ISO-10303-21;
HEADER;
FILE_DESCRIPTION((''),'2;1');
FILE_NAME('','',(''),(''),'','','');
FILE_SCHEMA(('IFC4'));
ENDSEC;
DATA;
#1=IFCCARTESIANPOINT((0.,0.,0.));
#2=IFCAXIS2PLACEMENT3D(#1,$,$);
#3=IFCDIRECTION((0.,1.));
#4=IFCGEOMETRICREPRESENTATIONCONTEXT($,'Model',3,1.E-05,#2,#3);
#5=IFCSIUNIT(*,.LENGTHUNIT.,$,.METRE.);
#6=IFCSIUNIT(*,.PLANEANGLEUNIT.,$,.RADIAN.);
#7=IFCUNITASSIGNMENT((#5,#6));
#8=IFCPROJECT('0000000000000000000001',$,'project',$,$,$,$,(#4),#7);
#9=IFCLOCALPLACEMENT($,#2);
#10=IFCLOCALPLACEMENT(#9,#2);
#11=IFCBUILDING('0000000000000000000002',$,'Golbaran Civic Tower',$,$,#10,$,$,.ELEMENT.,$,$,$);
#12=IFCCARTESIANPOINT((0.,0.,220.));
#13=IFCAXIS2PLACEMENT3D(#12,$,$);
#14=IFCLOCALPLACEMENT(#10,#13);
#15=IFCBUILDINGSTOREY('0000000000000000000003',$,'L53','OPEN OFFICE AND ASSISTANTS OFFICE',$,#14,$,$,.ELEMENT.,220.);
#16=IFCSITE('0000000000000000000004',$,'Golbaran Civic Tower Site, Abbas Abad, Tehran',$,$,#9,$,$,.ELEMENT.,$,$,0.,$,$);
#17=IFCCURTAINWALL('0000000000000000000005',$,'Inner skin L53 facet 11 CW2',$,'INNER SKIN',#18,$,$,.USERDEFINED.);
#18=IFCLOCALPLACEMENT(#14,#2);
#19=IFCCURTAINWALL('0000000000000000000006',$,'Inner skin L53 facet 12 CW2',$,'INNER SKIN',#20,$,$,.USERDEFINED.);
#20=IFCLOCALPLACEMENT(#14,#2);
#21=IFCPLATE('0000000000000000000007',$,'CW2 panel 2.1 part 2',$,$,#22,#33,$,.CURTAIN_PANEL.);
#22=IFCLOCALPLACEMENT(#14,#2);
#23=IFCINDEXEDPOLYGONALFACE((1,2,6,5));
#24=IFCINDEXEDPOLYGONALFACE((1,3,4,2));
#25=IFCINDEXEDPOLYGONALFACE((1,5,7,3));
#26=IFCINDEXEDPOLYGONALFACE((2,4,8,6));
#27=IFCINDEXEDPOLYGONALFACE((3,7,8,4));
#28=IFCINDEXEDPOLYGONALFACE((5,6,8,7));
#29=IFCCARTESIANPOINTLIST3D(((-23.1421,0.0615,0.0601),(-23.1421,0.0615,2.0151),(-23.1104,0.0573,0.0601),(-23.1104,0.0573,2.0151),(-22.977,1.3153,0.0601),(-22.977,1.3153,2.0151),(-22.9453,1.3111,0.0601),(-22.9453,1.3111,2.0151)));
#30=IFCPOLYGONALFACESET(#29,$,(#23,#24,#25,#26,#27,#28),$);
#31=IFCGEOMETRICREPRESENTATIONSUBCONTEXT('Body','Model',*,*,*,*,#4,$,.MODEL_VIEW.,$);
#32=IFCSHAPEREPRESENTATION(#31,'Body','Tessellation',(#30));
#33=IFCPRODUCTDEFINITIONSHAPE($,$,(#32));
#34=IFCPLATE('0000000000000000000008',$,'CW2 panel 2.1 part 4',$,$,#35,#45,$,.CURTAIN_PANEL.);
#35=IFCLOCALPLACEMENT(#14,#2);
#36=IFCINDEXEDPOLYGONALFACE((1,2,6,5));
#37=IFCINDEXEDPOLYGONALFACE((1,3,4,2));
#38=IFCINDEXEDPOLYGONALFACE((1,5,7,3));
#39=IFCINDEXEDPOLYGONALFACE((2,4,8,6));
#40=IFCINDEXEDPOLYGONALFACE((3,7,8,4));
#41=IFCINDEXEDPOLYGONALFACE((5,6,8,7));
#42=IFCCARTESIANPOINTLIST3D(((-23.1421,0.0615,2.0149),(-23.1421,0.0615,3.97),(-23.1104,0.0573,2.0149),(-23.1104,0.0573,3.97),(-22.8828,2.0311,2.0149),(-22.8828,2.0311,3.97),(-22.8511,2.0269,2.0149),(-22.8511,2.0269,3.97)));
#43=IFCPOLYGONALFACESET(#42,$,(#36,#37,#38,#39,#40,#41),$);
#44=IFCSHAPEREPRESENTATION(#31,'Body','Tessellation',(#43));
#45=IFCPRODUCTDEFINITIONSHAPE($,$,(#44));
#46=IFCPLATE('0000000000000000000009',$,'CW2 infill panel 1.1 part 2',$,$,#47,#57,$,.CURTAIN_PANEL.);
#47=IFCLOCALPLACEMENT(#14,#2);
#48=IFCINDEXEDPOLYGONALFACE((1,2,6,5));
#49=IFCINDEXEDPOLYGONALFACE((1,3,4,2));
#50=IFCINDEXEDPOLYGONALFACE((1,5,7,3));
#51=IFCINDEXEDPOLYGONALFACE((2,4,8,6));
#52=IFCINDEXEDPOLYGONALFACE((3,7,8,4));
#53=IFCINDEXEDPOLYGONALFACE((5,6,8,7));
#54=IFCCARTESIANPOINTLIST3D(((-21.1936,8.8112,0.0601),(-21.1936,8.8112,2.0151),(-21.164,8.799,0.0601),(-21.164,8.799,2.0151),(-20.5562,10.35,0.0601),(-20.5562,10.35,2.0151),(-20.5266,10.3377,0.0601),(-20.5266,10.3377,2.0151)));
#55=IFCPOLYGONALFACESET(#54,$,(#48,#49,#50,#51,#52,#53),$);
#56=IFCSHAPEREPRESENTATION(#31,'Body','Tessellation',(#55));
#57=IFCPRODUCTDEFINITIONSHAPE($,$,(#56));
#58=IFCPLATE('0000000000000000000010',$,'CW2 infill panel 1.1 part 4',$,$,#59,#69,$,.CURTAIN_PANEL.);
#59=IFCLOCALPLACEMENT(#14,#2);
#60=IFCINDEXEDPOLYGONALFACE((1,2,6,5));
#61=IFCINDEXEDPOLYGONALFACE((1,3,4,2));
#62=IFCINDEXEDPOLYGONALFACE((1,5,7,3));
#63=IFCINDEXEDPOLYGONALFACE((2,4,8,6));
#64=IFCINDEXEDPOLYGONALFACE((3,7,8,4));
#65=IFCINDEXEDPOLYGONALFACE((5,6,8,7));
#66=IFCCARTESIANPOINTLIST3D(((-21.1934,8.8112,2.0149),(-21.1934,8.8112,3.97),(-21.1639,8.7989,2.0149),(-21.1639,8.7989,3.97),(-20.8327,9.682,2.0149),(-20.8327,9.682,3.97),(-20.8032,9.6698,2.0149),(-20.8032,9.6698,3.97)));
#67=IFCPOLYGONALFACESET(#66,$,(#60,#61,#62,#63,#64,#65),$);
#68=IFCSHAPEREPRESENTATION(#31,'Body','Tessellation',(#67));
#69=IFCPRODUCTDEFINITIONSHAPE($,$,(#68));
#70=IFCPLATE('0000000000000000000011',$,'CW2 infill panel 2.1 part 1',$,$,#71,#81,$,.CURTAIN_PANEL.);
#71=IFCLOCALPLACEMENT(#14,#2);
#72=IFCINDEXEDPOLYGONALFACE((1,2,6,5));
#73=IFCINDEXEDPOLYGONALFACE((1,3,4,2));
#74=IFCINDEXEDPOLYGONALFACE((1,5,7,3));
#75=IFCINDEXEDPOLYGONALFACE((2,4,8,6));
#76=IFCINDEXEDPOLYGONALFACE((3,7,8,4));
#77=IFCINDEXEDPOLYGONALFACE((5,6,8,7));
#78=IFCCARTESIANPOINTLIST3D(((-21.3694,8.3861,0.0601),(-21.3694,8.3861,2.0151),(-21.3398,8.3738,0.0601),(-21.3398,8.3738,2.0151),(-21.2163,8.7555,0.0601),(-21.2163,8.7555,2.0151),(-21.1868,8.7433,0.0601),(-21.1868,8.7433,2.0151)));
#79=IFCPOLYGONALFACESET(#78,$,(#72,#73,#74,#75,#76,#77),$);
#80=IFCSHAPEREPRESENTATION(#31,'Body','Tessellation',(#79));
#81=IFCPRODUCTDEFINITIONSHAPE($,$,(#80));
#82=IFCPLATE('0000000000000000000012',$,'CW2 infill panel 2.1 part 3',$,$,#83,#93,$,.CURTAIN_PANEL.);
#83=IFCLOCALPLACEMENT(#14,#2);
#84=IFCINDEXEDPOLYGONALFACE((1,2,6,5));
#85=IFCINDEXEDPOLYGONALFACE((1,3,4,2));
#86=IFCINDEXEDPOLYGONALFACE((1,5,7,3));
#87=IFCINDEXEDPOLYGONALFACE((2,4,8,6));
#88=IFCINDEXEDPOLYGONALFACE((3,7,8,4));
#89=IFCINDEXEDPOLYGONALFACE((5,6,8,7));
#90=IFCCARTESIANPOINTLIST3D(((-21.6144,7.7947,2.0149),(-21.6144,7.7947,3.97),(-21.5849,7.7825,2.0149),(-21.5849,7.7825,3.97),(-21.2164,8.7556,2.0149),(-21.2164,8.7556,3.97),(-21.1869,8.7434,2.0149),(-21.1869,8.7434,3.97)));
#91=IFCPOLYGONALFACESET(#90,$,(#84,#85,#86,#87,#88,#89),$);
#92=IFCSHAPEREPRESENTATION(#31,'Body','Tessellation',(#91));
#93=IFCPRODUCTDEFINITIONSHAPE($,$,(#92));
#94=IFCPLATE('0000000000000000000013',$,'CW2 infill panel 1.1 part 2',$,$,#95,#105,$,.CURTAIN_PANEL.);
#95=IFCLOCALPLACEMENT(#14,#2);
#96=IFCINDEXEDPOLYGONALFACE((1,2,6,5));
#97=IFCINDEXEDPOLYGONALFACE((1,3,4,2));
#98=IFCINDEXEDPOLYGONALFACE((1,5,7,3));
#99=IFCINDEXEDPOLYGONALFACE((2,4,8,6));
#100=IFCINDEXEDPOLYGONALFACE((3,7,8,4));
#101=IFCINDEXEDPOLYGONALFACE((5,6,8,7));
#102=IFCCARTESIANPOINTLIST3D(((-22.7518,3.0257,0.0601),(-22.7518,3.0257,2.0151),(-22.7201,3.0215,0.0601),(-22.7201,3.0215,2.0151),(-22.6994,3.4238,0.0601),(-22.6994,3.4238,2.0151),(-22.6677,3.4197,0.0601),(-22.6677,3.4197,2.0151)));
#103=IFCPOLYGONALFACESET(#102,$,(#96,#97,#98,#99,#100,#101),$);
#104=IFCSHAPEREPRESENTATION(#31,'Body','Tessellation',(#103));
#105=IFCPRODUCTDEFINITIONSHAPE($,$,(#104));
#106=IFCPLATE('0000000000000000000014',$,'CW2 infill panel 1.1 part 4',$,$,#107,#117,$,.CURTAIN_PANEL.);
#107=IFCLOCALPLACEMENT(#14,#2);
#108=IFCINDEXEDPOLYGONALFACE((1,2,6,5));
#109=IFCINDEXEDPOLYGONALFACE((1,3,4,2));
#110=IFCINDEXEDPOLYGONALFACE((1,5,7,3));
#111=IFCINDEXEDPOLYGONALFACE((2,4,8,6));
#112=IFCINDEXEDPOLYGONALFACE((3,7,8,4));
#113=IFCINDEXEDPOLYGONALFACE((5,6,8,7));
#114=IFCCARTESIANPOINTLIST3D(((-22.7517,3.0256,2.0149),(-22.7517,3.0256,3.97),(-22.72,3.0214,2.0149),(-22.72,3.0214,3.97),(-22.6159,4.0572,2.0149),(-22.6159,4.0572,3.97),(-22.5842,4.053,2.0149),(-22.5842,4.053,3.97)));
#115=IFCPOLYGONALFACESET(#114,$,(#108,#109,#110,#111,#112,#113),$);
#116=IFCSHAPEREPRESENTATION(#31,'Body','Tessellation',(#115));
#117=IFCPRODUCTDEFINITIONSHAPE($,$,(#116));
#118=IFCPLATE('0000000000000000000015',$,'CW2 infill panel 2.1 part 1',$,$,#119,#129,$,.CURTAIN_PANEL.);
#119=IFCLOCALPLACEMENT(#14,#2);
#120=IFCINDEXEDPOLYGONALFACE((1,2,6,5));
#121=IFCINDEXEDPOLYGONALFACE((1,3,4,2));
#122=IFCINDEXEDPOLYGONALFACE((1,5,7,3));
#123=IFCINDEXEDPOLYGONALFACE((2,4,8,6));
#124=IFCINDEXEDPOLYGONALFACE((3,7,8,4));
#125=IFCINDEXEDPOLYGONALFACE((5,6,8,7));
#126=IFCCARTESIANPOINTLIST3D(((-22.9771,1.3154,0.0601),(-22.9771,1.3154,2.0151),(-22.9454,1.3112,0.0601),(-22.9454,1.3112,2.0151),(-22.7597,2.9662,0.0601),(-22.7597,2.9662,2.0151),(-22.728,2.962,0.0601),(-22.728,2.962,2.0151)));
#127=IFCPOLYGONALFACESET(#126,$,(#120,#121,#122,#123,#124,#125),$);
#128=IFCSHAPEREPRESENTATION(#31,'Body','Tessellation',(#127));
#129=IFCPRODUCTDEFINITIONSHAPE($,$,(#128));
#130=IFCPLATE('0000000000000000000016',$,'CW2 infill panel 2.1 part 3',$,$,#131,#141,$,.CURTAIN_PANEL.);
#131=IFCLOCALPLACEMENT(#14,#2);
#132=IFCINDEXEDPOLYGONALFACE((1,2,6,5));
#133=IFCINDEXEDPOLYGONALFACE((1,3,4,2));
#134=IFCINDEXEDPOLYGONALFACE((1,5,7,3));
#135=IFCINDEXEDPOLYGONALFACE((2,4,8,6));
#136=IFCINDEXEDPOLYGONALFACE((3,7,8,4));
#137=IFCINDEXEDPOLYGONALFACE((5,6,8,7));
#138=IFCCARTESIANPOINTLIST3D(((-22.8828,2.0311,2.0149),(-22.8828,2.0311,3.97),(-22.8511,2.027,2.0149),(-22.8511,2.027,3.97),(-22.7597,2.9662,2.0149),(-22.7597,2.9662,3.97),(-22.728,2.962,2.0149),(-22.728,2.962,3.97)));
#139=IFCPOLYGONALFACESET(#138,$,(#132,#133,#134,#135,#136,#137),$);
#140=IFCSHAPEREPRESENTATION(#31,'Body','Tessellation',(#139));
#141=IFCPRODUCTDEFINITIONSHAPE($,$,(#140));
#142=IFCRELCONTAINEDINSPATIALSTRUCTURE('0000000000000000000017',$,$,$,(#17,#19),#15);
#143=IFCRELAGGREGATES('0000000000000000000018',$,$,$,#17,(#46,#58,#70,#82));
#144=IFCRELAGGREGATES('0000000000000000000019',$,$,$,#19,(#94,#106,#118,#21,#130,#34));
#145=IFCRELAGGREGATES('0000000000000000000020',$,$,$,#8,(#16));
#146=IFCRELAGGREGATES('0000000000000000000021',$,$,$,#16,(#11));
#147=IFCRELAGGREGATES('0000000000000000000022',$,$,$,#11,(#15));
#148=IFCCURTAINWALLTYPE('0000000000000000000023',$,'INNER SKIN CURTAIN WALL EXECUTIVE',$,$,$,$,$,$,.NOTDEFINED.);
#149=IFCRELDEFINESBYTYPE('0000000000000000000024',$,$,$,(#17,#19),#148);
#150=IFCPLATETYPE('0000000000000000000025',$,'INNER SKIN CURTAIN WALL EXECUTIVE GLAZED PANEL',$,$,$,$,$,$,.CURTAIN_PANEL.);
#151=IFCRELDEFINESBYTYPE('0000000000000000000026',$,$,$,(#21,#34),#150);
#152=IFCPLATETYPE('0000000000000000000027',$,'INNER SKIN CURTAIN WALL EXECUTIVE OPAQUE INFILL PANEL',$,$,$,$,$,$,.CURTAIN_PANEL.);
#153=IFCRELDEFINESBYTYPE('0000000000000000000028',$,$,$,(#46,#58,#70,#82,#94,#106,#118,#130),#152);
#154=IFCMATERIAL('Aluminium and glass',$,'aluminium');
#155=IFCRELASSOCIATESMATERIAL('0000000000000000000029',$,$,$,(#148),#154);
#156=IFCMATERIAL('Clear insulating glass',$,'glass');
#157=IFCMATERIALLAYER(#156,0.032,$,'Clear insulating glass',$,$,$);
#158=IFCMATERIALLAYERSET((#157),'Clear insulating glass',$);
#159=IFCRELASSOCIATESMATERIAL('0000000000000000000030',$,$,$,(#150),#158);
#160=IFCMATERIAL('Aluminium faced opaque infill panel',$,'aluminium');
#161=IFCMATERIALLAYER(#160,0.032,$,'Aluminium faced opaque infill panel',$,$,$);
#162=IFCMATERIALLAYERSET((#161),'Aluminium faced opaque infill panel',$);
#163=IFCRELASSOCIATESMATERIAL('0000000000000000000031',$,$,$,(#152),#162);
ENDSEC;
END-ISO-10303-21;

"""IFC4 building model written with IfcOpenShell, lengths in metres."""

from ifc_helpers import new_model, si_unit, direction, frame, origin, origin_2d, place, context, subcontext, project, spatial, rectangle, extrude, material, layer, layer_set, type_object, element, aggregate, save


model = new_model("IFC4")

# Units and contexts
model_context = context("Model", 3, precision=1e-05, world=origin(), true_north=direction((0.0, 1.0)))
body_context = subcontext(model_context, "Body", "Model", "MODEL_VIEW")
ifc_project = project(units=[si_unit("LENGTHUNIT", "METRE"), si_unit("PLANEANGLEUNIT", "RADIAN")], contexts=[model_context])

# Site, building, storey
site_placement = place(None, origin())
site = spatial("IfcSite", under=ifc_project, at=site_placement, Name="Golbaran Civic Tower Site, Abbas Abad, Tehran", CompositionType="ELEMENT", RefElevation=0.0)
building_placement = place(site_placement, origin())
building = spatial("IfcBuilding", under=site, at=building_placement, Name="Golbaran Civic Tower", CompositionType="ELEMENT")
storey_placement = place(building_placement, frame((0.0, 0.0, 220.0)))
storey = spatial("IfcBuildingStorey", under=building, at=storey_placement, Name="L53", Description="OPEN OFFICE AND ASSISTANTS OFFICE", CompositionType="ELEMENT", Elevation=220.0)

# Curtain walls
ifc_material_1 = material(Name="Aluminium and glass", Category="aluminium")
curtain_wall_type = type_object("IfcCurtainWallType", Name="INNER SKIN CURTAIN WALL EXECUTIVE", PredefinedType="NOTDEFINED", material=ifc_material_1)
curtain_wall_1_placement = place(storey_placement, origin())
curtain_wall_1 = element("IfcCurtainWall", 1, at=curtain_wall_1_placement, inside=storey, type_object=curtain_wall_type, Name="Inner skin L53 facet 11 CW2", ObjectType="INNER SKIN", PredefinedType="USERDEFINED")
curtain_wall_2_placement = place(storey_placement, origin())
curtain_wall_2 = element("IfcCurtainWall", 2, at=curtain_wall_2_placement, inside=storey, type_object=curtain_wall_type, Name="Inner skin L53 facet 12 CW2", ObjectType="INNER SKIN", PredefinedType="USERDEFINED")

# Plates
ifc_material_2 = material(Name="Clear insulating glass", Category="glass")
ifc_layer_1 = layer(ifc_material_2, 0.032, Name="Clear insulating glass")
ifc_layer_set_1 = layer_set([ifc_layer_1], Name="Clear insulating glass")
plate_type_1 = type_object("IfcPlateType", Name="INNER SKIN CURTAIN WALL EXECUTIVE GLAZED PANEL", PredefinedType="CURTAIN_PANEL", material=ifc_layer_set_1)
plate_1_placement = place(storey_placement, frame((-23.0437, 0.6863, 0.0601), z_axis=(0.0, 0.0, 1.0), x_axis=(-0.130526, -0.991445, 0.0)))
plate_1 = element("IfcPlate", 3, at=plate_1_placement, type_object=plate_type_1, Name="CW2 panel 2.1 part 2", PredefinedType="CURTAIN_PANEL", context=body_context, shape_type="SweptSolid", body=[
    extrude(rectangle(XDim=1.2646, YDim=0.032, at=origin_2d()), origin(), (0.0, 0.0, 1.0), 1.9551),
])
plate_2_placement = place(storey_placement, frame((-22.9966, 1.0442, 2.0149), z_axis=(0.0, 0.0, 1.0), x_axis=(-0.130526, -0.991445, 0.0)))
plate_2 = element("IfcPlate", 4, at=plate_2_placement, type_object=plate_type_1, Name="CW2 panel 2.1 part 4", PredefinedType="CURTAIN_PANEL", context=body_context, shape_type="SweptSolid", body=[
    extrude(rectangle(XDim=1.9866, YDim=0.032, at=origin_2d()), origin(), (0.0, 0.0, 1.0), 1.9551),
])
ifc_material_3 = material(Name="Aluminium faced opaque infill panel", Category="aluminium")
ifc_layer_2 = layer(ifc_material_3, 0.032, Name="Aluminium faced opaque infill panel")
ifc_layer_set_2 = layer_set([ifc_layer_2], Name="Aluminium faced opaque infill panel")
plate_type_2 = type_object("IfcPlateType", Name="INNER SKIN CURTAIN WALL EXECUTIVE OPAQUE INFILL PANEL", PredefinedType="CURTAIN_PANEL", material=ifc_layer_set_2)
plate_3_placement = place(storey_placement, frame((-20.8601, 9.5745, 0.0601), z_axis=(0.0, 0.0, 1.0), x_axis=(-0.382683, -0.92388, 0.0)))
plate_3 = element("IfcPlate", 5, at=plate_3_placement, type_object=plate_type_2, Name="CW2 infill panel 1.1 part 2", PredefinedType="CURTAIN_PANEL", context=body_context, shape_type="SweptSolid", body=[
    extrude(rectangle(XDim=1.6655, YDim=0.032, at=origin_2d()), origin(), (0.0, 0.0, 1.0), 1.9551),
])
plate_4_placement = place(storey_placement, frame((-20.9983, 9.2405, 2.0149), z_axis=(0.0, 0.0, 1.0), x_axis=(-0.382683, -0.92388, 0.0)))
plate_4 = element("IfcPlate", 6, at=plate_4_placement, type_object=plate_type_2, Name="CW2 infill panel 1.1 part 4", PredefinedType="CURTAIN_PANEL", context=body_context, shape_type="SweptSolid", body=[
    extrude(rectangle(XDim=0.9426, YDim=0.032, at=origin_2d()), origin(), (0.0, 0.0, 1.0), 1.9551),
])
plate_5_placement = place(storey_placement, frame((-21.2781, 8.5647, 0.0601), z_axis=(0.0, 0.0, 1.0), x_axis=(-0.382683, -0.92388, 0.0)))
plate_5 = element("IfcPlate", 7, at=plate_5_placement, type_object=plate_type_2, Name="CW2 infill panel 2.1 part 1", PredefinedType="CURTAIN_PANEL", context=body_context, shape_type="SweptSolid", body=[
    extrude(rectangle(XDim=0.3999, YDim=0.032, at=origin_2d()), origin(), (0.0, 0.0, 1.0), 1.9551),
])
plate_6_placement = place(storey_placement, frame((-21.4006, 8.269, 2.0149), z_axis=(0.0, 0.0, 1.0), x_axis=(-0.382683, -0.92388, 0.0)))
plate_6 = element("IfcPlate", 8, at=plate_6_placement, type_object=plate_type_2, Name="CW2 infill panel 2.1 part 3", PredefinedType="CURTAIN_PANEL", context=body_context, shape_type="SweptSolid", body=[
    extrude(rectangle(XDim=1.04, YDim=0.032, at=origin_2d()), origin(), (0.0, 0.0, 1.0), 1.9551),
])
aggregate(curtain_wall_1, [plate_3, plate_4, plate_5, plate_6])
plate_7_placement = place(storey_placement, frame((-22.7097, 3.2227, 0.0601), z_axis=(0.0, 0.0, 1.0), x_axis=(-0.130526, -0.991445, 0.0)))
plate_7 = element("IfcPlate", 9, at=plate_7_placement, type_object=plate_type_2, Name="CW2 infill panel 1.1 part 2", PredefinedType="CURTAIN_PANEL", context=body_context, shape_type="SweptSolid", body=[
    extrude(rectangle(XDim=0.4016, YDim=0.032, at=origin_2d()), origin(), (0.0, 0.0, 1.0), 1.9551),
])
plate_8_placement = place(storey_placement, frame((-22.668, 3.5393, 2.0149), z_axis=(0.0, 0.0, 1.0), x_axis=(-0.130526, -0.991445, 0.0)))
plate_8 = element("IfcPlate", 10, at=plate_8_placement, type_object=plate_type_2, Name="CW2 infill panel 1.1 part 4", PredefinedType="CURTAIN_PANEL", context=body_context, shape_type="SweptSolid", body=[
    extrude(rectangle(XDim=1.0405, YDim=0.032, at=origin_2d()), origin(), (0.0, 0.0, 1.0), 1.9551),
])
plate_9_placement = place(storey_placement, frame((-22.8525, 2.1387, 0.0601), z_axis=(0.0, 0.0, 1.0), x_axis=(-0.130526, -0.991445, 0.0)))
plate_9 = element("IfcPlate", 11, at=plate_9_placement, type_object=plate_type_2, Name="CW2 infill panel 2.1 part 1", PredefinedType="CURTAIN_PANEL", context=body_context, shape_type="SweptSolid", body=[
    extrude(rectangle(XDim=1.665, YDim=0.032, at=origin_2d()), origin(), (0.0, 0.0, 1.0), 1.9551),
])
plate_10_placement = place(storey_placement, frame((-22.8054, 2.4966, 2.0149), z_axis=(0.0, 0.0, 1.0), x_axis=(-0.130526, -0.991445, 0.0)))
plate_10 = element("IfcPlate", 12, at=plate_10_placement, type_object=plate_type_2, Name="CW2 infill panel 2.1 part 3", PredefinedType="CURTAIN_PANEL", context=body_context, shape_type="SweptSolid", body=[
    extrude(rectangle(XDim=0.9431, YDim=0.032, at=origin_2d()), origin(), (0.0, 0.0, 1.0), 1.9551),
])
aggregate(curtain_wall_2, [plate_7, plate_8, plate_9, plate_1, plate_10, plate_2])

save(model, "model.ifc")
